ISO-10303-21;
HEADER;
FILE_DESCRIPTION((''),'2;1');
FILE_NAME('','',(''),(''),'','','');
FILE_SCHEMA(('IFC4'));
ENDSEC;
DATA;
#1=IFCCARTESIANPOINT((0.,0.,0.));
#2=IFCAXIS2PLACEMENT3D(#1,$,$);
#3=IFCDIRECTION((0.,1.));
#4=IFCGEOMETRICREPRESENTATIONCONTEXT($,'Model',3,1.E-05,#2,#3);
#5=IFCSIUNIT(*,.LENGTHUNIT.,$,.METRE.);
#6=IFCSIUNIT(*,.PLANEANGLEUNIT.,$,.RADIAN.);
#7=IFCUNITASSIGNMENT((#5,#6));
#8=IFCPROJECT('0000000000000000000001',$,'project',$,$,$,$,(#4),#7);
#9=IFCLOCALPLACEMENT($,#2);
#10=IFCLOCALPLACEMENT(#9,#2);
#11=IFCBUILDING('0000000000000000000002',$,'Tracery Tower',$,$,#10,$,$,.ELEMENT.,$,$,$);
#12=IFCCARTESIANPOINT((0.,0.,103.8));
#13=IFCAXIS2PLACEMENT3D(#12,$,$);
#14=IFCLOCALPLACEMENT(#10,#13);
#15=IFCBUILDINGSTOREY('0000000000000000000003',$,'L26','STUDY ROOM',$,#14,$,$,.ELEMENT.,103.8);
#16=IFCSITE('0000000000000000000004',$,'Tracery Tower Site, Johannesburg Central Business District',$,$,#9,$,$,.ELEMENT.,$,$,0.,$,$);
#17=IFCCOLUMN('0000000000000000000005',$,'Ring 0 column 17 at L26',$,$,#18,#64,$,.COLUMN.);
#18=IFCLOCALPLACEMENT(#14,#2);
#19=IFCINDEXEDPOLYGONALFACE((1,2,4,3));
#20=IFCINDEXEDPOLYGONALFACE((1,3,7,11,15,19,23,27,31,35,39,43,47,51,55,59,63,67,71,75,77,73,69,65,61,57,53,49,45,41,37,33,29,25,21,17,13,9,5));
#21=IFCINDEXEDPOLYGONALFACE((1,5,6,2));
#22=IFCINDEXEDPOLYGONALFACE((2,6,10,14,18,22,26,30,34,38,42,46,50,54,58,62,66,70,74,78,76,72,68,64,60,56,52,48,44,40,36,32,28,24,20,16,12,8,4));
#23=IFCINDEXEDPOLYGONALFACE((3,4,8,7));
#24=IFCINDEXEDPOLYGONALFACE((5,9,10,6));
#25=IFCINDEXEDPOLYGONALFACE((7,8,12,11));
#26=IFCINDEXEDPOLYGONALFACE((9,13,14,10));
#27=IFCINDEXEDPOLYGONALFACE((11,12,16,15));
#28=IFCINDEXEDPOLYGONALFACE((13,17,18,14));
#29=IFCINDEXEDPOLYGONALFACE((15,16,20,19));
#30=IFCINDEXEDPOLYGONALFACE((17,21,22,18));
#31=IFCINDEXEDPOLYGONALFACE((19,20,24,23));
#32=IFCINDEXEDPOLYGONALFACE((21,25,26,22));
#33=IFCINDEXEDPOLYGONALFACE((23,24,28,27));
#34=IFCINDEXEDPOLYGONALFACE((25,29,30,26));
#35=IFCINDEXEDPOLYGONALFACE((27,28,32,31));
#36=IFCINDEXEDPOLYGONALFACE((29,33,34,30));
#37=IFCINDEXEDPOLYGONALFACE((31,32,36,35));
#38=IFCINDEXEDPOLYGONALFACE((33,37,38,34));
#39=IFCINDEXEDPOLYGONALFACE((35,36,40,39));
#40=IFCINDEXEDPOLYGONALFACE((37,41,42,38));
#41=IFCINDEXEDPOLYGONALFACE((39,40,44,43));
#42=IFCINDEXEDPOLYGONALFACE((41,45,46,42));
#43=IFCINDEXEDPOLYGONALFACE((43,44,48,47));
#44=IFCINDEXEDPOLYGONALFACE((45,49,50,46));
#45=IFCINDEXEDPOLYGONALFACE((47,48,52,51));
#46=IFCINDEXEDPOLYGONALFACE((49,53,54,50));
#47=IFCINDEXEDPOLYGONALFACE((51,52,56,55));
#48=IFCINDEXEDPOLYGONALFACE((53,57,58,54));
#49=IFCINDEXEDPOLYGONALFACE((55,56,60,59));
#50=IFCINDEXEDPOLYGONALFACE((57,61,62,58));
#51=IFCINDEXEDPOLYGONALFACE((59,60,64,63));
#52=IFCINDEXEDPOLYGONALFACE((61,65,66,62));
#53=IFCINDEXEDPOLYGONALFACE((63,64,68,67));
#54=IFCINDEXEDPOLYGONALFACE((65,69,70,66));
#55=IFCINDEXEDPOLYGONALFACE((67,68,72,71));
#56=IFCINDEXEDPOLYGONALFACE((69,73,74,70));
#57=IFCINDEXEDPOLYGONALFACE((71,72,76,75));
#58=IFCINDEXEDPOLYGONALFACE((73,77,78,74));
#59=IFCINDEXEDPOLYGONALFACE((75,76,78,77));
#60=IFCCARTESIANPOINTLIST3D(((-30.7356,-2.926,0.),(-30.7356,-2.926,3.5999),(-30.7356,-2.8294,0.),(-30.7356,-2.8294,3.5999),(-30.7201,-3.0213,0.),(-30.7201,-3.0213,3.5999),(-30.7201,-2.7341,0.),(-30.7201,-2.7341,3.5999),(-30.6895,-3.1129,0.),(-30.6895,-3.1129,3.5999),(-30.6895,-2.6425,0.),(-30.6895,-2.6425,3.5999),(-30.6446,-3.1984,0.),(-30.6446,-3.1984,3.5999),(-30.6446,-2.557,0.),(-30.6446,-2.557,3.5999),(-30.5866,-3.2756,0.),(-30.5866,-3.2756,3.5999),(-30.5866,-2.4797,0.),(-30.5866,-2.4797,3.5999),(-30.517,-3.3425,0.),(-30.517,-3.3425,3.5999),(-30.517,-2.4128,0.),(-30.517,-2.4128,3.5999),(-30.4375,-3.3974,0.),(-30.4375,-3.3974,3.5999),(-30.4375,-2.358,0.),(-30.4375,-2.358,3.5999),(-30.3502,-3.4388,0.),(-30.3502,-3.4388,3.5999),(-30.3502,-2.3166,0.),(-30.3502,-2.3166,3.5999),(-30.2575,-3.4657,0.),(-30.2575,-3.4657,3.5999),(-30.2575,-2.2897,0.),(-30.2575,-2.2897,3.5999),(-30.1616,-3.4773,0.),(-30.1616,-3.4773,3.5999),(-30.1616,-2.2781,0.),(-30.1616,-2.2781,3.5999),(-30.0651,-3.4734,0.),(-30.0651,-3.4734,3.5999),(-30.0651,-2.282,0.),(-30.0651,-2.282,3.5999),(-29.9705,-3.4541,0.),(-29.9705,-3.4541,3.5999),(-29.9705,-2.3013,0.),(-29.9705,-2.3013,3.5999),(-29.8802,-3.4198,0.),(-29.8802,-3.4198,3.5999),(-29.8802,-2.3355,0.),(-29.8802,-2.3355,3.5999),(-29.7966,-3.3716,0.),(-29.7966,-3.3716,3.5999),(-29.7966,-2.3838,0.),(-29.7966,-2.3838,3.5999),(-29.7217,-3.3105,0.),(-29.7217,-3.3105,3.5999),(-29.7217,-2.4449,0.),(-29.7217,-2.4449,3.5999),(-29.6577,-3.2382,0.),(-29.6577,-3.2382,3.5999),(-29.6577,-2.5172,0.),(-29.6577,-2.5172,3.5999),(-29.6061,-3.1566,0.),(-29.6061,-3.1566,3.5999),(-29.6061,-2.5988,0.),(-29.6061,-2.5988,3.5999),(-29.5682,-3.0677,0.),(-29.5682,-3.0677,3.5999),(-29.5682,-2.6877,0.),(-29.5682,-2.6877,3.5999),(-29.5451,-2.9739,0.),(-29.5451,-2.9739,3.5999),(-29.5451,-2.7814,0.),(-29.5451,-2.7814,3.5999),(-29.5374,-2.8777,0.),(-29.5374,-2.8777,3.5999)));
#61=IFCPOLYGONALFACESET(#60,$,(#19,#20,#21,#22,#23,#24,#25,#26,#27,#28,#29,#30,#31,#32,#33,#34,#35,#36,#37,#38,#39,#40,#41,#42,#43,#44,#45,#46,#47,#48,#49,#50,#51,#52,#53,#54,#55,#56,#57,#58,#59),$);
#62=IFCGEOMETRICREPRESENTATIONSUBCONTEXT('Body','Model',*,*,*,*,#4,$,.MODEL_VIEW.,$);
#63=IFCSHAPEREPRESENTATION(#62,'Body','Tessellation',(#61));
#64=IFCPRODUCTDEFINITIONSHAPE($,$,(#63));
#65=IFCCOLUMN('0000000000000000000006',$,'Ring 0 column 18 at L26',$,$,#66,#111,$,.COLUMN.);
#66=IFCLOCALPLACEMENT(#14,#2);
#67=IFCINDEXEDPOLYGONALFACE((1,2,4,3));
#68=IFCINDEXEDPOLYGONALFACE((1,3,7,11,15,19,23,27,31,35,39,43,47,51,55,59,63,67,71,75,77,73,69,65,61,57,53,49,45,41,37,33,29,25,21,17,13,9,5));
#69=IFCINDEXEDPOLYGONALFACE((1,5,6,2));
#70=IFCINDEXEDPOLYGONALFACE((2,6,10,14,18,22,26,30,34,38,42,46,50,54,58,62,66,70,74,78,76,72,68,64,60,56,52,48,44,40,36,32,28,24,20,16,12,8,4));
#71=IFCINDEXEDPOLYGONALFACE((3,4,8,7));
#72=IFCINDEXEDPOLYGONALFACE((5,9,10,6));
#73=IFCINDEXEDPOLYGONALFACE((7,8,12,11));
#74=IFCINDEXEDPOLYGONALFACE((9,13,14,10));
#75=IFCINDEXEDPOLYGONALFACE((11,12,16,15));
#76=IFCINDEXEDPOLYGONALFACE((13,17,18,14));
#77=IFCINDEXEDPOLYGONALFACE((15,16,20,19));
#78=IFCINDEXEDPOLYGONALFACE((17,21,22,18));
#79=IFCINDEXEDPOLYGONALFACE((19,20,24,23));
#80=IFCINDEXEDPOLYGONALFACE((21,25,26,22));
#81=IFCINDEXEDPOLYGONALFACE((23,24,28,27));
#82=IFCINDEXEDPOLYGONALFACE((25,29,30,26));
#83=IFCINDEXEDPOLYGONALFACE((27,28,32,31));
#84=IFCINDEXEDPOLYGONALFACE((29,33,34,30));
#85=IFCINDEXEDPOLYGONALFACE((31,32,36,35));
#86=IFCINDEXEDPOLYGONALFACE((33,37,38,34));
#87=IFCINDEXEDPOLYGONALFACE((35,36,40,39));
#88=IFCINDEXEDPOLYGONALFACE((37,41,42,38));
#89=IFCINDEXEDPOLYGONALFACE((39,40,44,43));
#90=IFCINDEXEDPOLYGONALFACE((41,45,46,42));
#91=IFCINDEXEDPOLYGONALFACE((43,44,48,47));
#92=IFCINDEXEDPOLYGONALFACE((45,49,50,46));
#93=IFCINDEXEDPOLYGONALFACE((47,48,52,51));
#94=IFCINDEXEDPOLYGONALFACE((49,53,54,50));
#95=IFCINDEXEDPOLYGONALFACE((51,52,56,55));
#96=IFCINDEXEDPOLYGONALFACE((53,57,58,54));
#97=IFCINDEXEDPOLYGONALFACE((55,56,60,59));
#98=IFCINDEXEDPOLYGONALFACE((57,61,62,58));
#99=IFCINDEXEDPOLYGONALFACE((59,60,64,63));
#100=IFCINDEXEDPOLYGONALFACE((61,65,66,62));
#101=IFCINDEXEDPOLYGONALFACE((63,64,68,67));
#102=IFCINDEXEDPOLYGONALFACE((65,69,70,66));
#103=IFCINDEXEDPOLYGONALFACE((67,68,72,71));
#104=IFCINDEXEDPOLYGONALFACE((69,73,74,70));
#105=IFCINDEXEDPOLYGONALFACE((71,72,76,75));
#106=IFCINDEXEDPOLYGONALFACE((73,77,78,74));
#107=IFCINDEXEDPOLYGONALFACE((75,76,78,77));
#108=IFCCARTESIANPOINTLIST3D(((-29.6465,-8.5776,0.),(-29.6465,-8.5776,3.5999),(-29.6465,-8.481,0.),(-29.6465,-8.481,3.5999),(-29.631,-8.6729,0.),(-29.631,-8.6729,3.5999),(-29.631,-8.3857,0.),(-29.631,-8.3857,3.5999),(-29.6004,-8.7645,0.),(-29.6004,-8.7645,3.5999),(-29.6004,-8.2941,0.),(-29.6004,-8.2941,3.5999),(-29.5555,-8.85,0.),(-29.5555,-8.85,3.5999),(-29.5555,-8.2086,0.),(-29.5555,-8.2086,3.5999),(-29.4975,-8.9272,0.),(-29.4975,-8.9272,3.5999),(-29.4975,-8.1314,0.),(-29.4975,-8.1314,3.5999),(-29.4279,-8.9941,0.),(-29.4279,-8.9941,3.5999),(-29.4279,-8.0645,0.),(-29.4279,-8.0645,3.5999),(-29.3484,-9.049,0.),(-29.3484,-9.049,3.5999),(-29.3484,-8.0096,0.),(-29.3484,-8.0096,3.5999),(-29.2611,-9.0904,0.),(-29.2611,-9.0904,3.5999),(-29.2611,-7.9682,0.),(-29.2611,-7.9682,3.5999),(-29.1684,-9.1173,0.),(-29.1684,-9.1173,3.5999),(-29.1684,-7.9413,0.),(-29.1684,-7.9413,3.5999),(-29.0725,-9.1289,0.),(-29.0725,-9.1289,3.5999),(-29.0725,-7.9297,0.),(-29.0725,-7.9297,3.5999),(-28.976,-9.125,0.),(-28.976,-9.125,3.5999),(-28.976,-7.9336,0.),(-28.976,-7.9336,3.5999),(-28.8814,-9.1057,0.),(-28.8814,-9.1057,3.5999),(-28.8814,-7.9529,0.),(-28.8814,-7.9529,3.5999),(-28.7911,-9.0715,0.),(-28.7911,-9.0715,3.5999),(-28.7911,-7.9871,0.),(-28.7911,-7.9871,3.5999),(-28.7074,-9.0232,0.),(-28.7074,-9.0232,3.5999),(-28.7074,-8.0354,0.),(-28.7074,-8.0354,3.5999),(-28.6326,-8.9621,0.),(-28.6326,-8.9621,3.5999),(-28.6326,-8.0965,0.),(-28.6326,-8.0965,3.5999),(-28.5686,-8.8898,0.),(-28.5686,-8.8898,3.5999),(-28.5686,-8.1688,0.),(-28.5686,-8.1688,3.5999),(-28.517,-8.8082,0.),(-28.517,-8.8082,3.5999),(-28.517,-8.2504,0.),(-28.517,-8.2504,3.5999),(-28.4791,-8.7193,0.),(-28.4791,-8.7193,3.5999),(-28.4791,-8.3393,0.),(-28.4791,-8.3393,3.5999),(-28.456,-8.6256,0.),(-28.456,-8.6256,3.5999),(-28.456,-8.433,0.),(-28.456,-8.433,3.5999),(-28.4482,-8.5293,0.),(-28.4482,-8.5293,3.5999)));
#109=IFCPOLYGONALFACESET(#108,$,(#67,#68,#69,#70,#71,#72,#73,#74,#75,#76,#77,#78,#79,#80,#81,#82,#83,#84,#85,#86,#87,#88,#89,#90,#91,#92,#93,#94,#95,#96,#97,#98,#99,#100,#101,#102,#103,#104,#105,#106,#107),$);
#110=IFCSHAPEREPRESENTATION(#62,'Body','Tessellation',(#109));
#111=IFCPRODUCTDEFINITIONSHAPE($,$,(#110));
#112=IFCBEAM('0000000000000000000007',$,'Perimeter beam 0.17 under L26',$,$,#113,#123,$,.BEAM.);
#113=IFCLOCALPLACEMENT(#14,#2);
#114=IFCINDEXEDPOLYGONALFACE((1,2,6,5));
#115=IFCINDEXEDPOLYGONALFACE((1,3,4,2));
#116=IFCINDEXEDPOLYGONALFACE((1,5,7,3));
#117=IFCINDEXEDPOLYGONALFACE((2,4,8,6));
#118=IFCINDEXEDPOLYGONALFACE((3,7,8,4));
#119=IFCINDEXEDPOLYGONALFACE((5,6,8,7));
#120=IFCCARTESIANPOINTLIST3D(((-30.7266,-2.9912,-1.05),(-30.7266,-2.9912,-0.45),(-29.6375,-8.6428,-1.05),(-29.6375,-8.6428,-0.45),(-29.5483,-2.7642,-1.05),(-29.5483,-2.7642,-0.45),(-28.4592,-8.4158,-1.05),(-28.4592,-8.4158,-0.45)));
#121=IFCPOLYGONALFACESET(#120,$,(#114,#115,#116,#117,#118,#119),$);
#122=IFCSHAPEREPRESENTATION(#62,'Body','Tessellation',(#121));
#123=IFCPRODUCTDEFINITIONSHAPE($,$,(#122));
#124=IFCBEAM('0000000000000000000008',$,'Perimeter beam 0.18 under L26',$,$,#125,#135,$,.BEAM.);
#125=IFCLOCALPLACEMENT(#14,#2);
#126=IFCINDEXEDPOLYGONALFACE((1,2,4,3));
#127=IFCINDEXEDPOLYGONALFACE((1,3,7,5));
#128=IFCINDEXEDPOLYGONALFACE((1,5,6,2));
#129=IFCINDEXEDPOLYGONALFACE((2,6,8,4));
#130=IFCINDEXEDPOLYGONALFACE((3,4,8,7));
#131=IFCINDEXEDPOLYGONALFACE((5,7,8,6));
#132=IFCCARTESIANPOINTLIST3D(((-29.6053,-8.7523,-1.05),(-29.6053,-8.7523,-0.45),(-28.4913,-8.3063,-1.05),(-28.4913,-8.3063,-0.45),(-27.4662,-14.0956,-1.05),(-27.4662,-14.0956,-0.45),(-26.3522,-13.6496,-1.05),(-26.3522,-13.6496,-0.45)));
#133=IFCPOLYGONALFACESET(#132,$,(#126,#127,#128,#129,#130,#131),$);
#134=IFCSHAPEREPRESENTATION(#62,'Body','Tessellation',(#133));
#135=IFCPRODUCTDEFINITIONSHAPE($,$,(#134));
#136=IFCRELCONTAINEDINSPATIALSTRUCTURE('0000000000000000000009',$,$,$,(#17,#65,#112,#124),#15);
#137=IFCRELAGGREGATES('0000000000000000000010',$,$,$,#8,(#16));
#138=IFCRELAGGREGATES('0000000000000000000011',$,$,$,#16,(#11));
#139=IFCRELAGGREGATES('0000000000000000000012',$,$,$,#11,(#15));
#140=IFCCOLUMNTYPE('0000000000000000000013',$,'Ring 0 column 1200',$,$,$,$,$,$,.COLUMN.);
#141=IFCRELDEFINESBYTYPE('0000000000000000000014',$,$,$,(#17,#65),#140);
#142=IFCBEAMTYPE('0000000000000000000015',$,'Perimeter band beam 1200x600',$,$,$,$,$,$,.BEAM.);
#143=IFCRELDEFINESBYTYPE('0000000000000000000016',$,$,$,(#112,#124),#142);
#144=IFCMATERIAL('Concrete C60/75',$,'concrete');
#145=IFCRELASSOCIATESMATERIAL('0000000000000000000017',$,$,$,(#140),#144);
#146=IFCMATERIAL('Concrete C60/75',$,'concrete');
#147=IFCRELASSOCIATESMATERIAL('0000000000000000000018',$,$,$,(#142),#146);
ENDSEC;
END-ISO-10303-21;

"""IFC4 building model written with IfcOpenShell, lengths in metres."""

from ifc_helpers import new_model, si_unit, direction, frame, origin, origin_2d, place, context, subcontext, project, spatial, rectangle, circle, extrude, material, material_profile, profile_set, type_object, element, save


model = new_model("IFC4")

# Units and contexts
model_context = context("Model", 3, precision=1e-05, world=origin(), true_north=direction((0.0, 1.0)))
body_context = subcontext(model_context, "Body", "Model", "MODEL_VIEW")
ifc_project = project(units=[si_unit("LENGTHUNIT", "METRE"), si_unit("PLANEANGLEUNIT", "RADIAN")], contexts=[model_context])

# Site, building, storey
site_placement = place(None, origin())
site = spatial("IfcSite", under=ifc_project, at=site_placement, Name="Tracery Tower Site, Johannesburg Central Business District", CompositionType="ELEMENT", RefElevation=0.0)
building_placement = place(site_placement, origin())
building = spatial("IfcBuilding", under=site, at=building_placement, Name="Tracery Tower", CompositionType="ELEMENT")
storey_placement = place(building_placement, frame((0.0, 0.0, 103.8)))
storey = spatial("IfcBuildingStorey", under=building, at=storey_placement, Name="L26", Description="STUDY ROOM", CompositionType="ELEMENT", Elevation=103.8)

# Columns
ifc_material_1 = material(Name="Concrete C60/75", Category="concrete")
ifc_material_profile_1 = material_profile(ifc_material_1, circle(Radius=0.6001, at=origin_2d()), Name="RC D1200")
ifc_profile_set_1 = profile_set([ifc_material_profile_1], Name="Concrete C60/75")
column_type = type_object("IfcColumnType", Name="Ring 0 column 1200", PredefinedType="COLUMN", material=ifc_profile_set_1)
for number, where, z_axis, x_axis, name in (
    (1, (-30.1375, -2.8777, 0.0), (0.0, 0.0, 1.0), (1.0, 0.0, 0.0), "Ring 0 column 17 at L26"),
    (2, (-29.0483, -8.5293, 0.0), (0.0, 0.0, 1.0), (1.0, 0.0, 0.0), "Ring 0 column 18 at L26"),
):
    element("IfcColumn", number, at=place(storey_placement, frame(where, z_axis=z_axis, x_axis=x_axis)), inside=storey, type_object=column_type, Name=name, PredefinedType="COLUMN", context=body_context, shape_type="SweptSolid", body=[
        extrude(circle(Radius=0.6001, at=origin_2d()), origin(), (0.0, 0.0, 1.0), 3.5999),
    ])

# Beams
ifc_material_2 = material(Name="Concrete C60/75", Category="concrete")
ifc_material_profile_2 = material_profile(ifc_material_2, rectangle(XDim=1.2, YDim=0.6001, at=origin_2d()), Name="RC 1200x600")
ifc_profile_set_2 = profile_set([ifc_material_profile_2], Name="Concrete C60/75")
beam_type = type_object("IfcBeamType", Name="Perimeter band beam 1200x600", PredefinedType="BEAM", material=ifc_profile_set_2)
for number, where, z_axis, x_axis, name in (
    (3, (-30.1375, -2.8777, -0.75), (0.189227, -0.981933, 0.0), (0.981933, 0.189227, 0.0), "Perimeter beam 0.17 under L26"),
    (4, (-29.0483, -8.5293, -0.75), (0.371669, -0.928365, 0.0), (0.928365, 0.371669, 0.0), "Perimeter beam 0.18 under L26"),
):
    element("IfcBeam", number, at=place(storey_placement, frame(where, z_axis=z_axis, x_axis=x_axis)), inside=storey, type_object=beam_type, Name=name, PredefinedType="BEAM", context=body_context, shape_type="SweptSolid", body=[
        extrude(rectangle(XDim=1.2, YDim=0.6001, at=origin_2d()), origin(), (0.0, 0.0, 1.0), 5.7556),
    ])

save(model, "model.ifc")
